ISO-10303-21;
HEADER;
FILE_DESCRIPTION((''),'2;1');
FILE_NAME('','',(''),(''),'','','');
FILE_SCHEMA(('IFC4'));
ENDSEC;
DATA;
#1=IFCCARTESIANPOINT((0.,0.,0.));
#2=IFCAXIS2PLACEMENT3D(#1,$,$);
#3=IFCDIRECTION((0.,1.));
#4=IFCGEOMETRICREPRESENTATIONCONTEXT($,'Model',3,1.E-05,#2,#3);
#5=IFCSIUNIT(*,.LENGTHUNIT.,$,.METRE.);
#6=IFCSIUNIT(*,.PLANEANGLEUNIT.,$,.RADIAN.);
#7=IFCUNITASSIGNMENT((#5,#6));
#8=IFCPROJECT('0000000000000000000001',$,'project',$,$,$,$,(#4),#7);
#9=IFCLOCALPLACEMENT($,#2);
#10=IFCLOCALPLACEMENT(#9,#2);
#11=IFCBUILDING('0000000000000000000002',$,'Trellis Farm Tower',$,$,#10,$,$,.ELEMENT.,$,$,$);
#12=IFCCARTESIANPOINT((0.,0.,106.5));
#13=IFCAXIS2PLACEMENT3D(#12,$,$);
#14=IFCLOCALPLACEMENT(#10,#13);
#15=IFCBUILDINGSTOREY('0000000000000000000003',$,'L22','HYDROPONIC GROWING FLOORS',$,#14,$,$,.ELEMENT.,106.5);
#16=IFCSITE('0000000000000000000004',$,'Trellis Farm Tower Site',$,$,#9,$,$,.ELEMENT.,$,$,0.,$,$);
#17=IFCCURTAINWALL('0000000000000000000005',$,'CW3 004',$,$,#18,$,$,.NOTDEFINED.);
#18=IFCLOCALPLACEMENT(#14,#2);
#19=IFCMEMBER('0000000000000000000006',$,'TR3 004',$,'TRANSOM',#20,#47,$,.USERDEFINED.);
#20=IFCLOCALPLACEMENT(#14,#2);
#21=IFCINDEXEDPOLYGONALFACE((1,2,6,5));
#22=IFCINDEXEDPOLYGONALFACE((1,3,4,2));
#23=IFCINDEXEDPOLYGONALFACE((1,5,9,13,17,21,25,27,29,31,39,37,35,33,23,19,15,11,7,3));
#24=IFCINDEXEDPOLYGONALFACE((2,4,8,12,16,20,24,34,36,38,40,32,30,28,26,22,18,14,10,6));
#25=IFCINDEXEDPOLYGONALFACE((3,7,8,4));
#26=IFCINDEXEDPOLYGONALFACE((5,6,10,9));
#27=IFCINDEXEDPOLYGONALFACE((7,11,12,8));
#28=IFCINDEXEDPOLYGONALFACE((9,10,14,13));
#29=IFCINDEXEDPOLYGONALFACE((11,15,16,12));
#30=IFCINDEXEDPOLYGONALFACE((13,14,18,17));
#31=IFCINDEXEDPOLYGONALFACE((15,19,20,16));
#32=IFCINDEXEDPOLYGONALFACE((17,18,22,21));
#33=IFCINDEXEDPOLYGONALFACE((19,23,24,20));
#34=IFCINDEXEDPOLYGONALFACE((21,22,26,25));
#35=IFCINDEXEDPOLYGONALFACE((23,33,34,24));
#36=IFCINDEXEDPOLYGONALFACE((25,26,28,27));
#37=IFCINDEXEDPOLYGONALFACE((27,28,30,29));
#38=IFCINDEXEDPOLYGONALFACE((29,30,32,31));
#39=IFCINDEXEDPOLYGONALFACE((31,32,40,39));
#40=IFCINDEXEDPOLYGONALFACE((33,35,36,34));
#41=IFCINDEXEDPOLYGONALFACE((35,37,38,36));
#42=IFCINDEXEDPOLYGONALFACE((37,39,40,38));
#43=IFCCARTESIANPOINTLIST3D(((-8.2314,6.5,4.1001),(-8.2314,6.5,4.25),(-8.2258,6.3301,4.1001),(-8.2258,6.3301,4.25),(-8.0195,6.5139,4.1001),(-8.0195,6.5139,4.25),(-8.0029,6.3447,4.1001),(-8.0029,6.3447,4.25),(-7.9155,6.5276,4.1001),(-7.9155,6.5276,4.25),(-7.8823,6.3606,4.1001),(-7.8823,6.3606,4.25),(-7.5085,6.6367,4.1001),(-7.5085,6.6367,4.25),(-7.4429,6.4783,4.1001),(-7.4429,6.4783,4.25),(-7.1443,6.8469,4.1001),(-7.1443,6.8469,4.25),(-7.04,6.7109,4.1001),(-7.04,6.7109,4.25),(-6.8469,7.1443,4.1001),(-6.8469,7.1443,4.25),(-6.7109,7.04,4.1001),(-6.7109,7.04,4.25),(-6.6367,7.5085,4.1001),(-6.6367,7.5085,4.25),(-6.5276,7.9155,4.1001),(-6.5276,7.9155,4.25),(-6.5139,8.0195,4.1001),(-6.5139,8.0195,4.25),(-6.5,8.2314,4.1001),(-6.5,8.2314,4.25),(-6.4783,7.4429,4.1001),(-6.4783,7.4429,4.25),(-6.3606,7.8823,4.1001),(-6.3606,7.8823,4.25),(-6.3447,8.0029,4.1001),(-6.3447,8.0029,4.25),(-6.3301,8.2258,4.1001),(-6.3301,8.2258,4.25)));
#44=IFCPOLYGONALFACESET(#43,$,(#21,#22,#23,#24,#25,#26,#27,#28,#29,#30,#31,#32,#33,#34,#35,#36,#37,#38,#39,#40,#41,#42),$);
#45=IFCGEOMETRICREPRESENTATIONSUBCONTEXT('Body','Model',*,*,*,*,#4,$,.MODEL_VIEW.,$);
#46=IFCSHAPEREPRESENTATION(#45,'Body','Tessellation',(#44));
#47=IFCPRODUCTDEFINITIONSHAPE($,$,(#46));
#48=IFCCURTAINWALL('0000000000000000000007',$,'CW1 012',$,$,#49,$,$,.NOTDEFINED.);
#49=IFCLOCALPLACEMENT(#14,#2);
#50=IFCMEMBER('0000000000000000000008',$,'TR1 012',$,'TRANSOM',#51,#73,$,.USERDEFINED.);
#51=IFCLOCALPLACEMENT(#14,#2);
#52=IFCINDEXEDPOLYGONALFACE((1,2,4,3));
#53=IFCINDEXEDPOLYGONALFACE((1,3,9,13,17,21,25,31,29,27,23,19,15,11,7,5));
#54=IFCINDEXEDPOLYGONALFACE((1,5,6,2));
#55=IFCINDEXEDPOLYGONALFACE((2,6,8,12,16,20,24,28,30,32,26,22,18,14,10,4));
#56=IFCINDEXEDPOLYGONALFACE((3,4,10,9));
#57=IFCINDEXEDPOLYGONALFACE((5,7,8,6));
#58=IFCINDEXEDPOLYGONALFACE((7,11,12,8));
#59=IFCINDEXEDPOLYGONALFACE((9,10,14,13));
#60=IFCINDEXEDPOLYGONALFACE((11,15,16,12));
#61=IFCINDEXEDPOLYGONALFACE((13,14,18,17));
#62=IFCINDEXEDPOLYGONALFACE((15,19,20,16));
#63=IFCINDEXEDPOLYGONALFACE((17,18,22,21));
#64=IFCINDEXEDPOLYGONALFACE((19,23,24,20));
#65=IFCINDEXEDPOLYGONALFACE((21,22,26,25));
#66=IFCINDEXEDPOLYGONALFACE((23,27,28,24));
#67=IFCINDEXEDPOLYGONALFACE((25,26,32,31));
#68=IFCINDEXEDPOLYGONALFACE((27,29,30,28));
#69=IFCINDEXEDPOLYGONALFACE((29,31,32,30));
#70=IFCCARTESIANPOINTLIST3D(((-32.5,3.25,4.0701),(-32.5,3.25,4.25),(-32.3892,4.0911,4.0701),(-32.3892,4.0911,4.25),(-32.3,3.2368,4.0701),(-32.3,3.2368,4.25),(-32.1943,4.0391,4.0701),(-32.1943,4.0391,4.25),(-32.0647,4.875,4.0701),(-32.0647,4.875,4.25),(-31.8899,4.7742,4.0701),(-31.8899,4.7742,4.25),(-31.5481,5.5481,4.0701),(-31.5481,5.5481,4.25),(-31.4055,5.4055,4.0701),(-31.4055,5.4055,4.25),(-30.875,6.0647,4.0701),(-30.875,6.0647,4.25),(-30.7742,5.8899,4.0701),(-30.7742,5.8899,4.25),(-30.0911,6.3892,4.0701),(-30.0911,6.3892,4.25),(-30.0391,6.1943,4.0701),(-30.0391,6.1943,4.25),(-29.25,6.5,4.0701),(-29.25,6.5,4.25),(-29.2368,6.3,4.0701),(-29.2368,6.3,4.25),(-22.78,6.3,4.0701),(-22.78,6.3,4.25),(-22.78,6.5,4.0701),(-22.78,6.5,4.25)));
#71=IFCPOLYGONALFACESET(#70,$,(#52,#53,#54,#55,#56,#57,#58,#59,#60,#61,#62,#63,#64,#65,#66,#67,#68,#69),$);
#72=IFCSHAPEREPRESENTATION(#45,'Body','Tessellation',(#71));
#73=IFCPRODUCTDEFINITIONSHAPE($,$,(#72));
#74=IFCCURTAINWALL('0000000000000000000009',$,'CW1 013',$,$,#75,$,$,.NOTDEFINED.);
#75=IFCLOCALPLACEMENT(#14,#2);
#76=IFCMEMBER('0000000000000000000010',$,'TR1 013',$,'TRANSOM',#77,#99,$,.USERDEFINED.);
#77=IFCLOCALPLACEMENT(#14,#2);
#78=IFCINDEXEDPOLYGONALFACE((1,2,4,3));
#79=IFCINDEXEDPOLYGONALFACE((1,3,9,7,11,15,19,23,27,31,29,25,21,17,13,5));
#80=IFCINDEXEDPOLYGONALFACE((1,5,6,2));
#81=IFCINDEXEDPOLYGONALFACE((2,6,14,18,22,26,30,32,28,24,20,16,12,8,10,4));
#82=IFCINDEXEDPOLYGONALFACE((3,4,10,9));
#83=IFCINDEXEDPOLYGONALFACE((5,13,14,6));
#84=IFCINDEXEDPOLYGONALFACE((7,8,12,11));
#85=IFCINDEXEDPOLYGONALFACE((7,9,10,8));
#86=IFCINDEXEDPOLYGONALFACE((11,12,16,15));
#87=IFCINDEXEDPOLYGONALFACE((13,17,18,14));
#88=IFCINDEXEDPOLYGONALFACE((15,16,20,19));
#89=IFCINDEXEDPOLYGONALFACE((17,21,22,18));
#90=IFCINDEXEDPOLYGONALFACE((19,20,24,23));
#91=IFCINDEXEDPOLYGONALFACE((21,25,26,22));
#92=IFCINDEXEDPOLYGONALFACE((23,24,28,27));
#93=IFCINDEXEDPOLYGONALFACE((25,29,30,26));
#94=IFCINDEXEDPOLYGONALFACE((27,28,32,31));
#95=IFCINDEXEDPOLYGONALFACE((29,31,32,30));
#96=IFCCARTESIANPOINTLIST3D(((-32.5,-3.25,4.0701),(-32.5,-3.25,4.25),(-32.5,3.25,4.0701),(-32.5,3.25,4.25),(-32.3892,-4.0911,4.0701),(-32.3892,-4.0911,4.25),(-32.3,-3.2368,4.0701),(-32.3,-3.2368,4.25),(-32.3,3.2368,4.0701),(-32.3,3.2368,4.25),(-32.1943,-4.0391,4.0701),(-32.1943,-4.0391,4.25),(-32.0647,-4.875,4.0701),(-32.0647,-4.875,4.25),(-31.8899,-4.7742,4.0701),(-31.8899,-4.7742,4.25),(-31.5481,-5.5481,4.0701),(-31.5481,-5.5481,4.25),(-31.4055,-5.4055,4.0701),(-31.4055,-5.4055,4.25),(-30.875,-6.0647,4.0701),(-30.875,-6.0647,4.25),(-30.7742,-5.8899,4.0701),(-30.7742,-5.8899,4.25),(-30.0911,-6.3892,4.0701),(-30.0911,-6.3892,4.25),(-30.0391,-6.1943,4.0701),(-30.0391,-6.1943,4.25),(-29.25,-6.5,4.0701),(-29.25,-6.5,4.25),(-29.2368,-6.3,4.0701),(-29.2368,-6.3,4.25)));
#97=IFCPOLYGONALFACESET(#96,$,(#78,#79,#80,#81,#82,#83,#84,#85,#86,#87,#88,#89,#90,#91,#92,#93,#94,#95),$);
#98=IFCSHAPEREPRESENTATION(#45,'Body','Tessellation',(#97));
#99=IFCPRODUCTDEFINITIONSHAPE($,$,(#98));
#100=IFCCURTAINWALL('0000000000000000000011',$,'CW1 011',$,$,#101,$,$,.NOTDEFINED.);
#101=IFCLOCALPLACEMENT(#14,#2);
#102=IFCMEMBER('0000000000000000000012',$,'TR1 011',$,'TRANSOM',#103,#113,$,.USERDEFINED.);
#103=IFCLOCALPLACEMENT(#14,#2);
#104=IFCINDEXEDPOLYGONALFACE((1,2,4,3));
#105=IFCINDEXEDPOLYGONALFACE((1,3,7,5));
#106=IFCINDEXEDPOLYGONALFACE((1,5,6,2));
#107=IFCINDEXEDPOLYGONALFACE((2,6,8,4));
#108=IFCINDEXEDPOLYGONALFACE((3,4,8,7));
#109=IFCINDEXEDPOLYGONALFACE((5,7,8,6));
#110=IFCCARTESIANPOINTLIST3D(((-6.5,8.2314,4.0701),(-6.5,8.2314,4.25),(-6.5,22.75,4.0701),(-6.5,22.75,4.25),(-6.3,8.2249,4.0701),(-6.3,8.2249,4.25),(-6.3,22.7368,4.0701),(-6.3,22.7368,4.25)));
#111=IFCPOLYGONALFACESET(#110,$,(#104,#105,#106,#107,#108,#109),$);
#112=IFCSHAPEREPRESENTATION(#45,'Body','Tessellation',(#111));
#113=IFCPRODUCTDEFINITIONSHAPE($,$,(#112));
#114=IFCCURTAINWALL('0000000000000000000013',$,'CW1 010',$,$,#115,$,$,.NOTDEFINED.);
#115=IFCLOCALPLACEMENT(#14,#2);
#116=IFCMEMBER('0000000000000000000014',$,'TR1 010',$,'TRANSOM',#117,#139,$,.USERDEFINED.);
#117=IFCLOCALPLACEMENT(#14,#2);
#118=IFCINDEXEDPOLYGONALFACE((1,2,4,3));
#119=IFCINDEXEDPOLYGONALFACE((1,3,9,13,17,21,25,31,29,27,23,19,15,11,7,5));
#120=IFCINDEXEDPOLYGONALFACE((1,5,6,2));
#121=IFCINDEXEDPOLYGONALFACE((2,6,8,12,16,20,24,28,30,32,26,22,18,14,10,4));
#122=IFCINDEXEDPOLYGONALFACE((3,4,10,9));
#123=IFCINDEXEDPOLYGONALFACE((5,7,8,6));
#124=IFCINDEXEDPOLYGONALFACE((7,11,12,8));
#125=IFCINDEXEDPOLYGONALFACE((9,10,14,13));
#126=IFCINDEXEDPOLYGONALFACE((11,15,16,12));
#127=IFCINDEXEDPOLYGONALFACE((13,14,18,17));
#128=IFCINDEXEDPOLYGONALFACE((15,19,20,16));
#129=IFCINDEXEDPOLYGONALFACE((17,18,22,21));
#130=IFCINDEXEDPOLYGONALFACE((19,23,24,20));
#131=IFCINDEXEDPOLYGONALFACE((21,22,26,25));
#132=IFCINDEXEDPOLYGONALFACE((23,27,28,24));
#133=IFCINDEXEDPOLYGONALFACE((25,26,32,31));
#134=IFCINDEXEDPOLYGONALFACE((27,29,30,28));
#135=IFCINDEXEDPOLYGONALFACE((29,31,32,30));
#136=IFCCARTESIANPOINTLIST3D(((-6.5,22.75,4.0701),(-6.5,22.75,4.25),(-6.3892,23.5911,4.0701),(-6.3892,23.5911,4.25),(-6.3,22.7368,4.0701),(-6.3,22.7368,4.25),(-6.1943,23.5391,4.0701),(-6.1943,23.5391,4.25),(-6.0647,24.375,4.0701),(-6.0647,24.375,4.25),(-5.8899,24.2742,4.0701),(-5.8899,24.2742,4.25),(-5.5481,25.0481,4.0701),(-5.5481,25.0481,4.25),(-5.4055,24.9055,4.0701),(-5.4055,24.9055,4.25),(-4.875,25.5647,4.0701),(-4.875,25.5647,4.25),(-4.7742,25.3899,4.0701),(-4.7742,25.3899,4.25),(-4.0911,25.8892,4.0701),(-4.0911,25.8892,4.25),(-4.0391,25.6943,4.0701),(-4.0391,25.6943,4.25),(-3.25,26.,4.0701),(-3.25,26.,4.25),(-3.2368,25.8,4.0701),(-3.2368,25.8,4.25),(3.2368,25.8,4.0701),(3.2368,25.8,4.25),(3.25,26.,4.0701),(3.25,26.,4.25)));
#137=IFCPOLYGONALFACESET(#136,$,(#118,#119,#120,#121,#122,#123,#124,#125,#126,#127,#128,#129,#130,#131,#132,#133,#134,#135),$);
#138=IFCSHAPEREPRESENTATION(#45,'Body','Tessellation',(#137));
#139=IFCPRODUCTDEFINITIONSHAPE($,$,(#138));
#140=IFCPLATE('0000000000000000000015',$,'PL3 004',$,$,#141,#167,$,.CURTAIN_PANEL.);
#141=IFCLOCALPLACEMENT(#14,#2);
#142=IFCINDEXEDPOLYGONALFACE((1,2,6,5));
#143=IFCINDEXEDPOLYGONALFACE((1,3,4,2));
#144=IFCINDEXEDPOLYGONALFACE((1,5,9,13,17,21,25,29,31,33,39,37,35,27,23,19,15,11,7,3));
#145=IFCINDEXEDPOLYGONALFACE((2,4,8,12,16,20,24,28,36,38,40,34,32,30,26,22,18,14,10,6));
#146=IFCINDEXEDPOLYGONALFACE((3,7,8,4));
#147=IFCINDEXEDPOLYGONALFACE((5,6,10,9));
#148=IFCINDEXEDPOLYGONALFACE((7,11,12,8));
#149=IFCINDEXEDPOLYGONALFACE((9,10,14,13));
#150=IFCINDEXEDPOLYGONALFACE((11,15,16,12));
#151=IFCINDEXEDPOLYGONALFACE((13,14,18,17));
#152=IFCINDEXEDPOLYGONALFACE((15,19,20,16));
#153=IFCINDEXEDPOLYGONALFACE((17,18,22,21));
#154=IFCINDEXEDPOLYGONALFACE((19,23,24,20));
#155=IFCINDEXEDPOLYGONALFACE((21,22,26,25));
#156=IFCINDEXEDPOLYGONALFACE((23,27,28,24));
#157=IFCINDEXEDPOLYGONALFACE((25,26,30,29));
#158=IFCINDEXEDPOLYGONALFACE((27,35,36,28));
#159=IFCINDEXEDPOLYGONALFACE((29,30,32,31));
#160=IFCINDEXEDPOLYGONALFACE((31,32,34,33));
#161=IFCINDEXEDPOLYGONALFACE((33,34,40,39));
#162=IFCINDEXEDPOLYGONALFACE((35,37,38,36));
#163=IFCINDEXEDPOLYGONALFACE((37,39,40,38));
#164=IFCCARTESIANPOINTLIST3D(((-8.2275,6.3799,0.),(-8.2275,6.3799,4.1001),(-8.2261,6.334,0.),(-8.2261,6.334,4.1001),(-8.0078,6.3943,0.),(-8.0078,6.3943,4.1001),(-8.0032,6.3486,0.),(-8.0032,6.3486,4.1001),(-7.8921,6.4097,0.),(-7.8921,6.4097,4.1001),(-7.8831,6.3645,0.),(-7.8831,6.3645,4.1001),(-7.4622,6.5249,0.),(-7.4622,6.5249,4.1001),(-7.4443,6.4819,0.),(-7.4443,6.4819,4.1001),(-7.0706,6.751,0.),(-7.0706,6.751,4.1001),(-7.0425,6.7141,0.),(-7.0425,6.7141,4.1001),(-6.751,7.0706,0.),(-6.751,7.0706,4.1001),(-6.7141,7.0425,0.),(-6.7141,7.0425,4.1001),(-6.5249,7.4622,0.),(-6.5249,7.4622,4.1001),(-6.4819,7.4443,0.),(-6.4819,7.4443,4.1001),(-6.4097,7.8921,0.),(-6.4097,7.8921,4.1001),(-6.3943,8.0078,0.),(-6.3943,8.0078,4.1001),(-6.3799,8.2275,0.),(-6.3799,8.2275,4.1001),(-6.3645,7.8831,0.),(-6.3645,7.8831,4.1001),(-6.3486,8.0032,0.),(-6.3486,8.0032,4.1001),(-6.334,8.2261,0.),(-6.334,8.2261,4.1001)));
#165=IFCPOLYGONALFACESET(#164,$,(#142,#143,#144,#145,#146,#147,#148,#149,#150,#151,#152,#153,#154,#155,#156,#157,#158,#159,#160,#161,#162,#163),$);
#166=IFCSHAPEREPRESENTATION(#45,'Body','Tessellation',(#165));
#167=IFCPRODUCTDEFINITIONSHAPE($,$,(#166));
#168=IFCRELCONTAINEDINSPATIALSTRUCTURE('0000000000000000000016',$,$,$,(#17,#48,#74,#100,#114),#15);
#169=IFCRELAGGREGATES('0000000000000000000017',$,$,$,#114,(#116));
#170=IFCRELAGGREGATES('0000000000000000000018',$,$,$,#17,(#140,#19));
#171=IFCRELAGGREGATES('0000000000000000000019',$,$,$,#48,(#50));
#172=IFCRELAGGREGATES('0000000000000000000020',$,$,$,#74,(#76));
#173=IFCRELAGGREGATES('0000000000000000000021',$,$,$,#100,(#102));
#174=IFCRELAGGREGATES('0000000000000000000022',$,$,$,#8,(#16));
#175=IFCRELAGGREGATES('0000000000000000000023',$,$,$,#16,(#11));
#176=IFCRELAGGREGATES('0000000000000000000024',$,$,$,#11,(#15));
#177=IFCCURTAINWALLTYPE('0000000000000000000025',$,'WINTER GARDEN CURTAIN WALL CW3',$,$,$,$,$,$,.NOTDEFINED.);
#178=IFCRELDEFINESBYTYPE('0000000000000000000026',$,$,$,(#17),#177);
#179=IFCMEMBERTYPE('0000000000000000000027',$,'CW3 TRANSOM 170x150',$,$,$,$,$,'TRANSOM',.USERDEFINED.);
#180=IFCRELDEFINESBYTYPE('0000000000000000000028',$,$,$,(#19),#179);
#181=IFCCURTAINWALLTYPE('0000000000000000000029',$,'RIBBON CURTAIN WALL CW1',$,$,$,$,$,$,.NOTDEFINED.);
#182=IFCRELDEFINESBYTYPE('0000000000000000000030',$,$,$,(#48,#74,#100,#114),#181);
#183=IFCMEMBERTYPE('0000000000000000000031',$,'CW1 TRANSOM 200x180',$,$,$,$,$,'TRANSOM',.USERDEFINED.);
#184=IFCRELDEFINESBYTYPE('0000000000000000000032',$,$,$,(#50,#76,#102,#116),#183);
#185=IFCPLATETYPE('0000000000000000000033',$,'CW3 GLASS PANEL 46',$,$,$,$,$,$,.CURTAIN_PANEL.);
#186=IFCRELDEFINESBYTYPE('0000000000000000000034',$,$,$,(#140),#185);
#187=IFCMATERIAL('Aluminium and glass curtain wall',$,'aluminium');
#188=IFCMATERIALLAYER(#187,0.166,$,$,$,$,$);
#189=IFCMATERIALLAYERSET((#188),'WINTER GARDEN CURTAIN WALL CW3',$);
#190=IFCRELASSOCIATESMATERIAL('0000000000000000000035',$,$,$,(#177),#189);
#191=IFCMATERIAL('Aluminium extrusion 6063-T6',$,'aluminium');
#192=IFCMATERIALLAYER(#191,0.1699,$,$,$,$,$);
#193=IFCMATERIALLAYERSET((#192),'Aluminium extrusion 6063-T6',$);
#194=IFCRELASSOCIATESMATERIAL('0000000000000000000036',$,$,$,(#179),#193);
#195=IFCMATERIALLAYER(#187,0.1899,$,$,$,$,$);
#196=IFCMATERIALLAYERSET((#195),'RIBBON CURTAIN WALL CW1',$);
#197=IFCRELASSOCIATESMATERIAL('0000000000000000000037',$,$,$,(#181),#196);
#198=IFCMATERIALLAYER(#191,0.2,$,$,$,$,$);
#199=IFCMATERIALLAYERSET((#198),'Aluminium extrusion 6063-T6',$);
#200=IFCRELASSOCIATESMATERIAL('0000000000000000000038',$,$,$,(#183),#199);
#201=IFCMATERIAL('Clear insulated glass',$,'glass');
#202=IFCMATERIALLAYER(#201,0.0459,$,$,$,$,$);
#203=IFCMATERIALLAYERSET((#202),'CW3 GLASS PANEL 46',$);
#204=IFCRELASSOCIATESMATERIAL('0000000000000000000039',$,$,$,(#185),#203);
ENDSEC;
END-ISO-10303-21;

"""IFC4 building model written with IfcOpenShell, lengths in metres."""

from ifc_helpers import new_model, si_unit, direction, frame, origin, place, context, subcontext, project, spatial, polyline, outline, extrude, source, transform, mapped, material, layer, layer_set, type_object, element, aggregate, save


model = new_model("IFC4")

# Units and contexts
model_context = context("Model", 3, precision=1e-05, world=origin(), true_north=direction((0.0, 1.0)))
body_context = subcontext(model_context, "Body", "Model", "MODEL_VIEW")
ifc_project = project(units=[si_unit("LENGTHUNIT", "METRE"), si_unit("PLANEANGLEUNIT", "RADIAN")], contexts=[model_context])

# Site, building, storey
site_placement = place(None, origin())
site = spatial("IfcSite", under=ifc_project, at=site_placement, Name="Trellis Farm Tower Site", CompositionType="ELEMENT", RefElevation=0.0)
building_placement = place(site_placement, origin())
building = spatial("IfcBuilding", under=site, at=building_placement, Name="Trellis Farm Tower", CompositionType="ELEMENT")
storey_placement = place(building_placement, frame((0.0, 0.0, 106.5)))
storey = spatial("IfcBuildingStorey", under=building, at=storey_placement, Name="L22", Description="HYDROPONIC GROWING FLOORS", CompositionType="ELEMENT", Elevation=106.5)

# Curtain walls, members
ifc_material_1 = material(Name="Aluminium and glass curtain wall", Category="aluminium")
ifc_layer_1 = layer(ifc_material_1, 0.166)
ifc_layer_set_1 = layer_set([ifc_layer_1], Name="WINTER GARDEN CURTAIN WALL CW3")
curtain_wall_type_1 = type_object("IfcCurtainWallType", Name="WINTER GARDEN CURTAIN WALL CW3", PredefinedType="NOTDEFINED", material=ifc_layer_set_1)
placement_1 = place(storey_placement, origin())
curtain_wall_1 = element("IfcCurtainWall", 1, at=placement_1, inside=storey, type_object=curtain_wall_type_1, Name="CW3 004", PredefinedType="NOTDEFINED")
ifc_material_2 = material(Name="Aluminium extrusion 6063-T6", Category="aluminium")
ifc_layer_2 = layer(ifc_material_2, 0.1699)
ifc_layer_set_2 = layer_set([ifc_layer_2], Name="Aluminium extrusion 6063-T6")
member_type_1 = type_object("IfcMemberType", Name="CW3 TRANSOM 170x150", ElementType="TRANSOM", PredefinedType="USERDEFINED", material=ifc_layer_set_2)
shared_shape_1 = source(origin(), body_context, "Body", "SweptSolid", [
    extrude(outline(polyline([(-6.5, 8.2314), (-6.5139, 8.0195), (-6.5276, 7.9155), (-6.6367, 7.5085), (-6.8469, 7.1443), (-7.1443, 6.8469), (-7.5085, 6.6367), (-7.9155, 6.5276), (-8.0195, 6.5139), (-8.2314, 6.5), (-8.2258, 6.3301), (-8.0029, 6.3447), (-7.8823, 6.3606), (-7.4429, 6.4783), (-7.04, 6.7109), (-6.7109, 7.04), (-6.4783, 7.4429), (-6.3606, 7.8823), (-6.3447, 8.0029), (-6.3301, 8.2258), (-6.5, 8.2314)])), origin(), (0.0, 0.0, 1.0), 0.1499),
])
member_1_placement = place(storey_placement, frame((0.0, 0.0, 4.1001)))
member_1 = element("IfcMember", 2, at=member_1_placement, type_object=member_type_1, Name="TR3 004", ObjectType="TRANSOM", PredefinedType="USERDEFINED", context=body_context, shape_type="MappedRepresentation", body=[
    mapped(shared_shape_1, transform((0.0, 0.0, 0.0))),
])
ifc_layer_3 = layer(ifc_material_1, 0.1899)
ifc_layer_set_3 = layer_set([ifc_layer_3], Name="RIBBON CURTAIN WALL CW1")
curtain_wall_type_2 = type_object("IfcCurtainWallType", Name="RIBBON CURTAIN WALL CW1", PredefinedType="NOTDEFINED", material=ifc_layer_set_3)
curtain_wall_2 = element("IfcCurtainWall", 3, at=placement_1, inside=storey, type_object=curtain_wall_type_2, Name="CW1 012", PredefinedType="NOTDEFINED")
ifc_layer_4 = layer(ifc_material_2, 0.2)
ifc_layer_set_4 = layer_set([ifc_layer_4], Name="Aluminium extrusion 6063-T6")
member_type_2 = type_object("IfcMemberType", Name="CW1 TRANSOM 200x180", ElementType="TRANSOM", PredefinedType="USERDEFINED", material=ifc_layer_set_4)
shared_shape_2 = source(origin(), body_context, "Body", "SweptSolid", [
    extrude(outline(polyline([(-22.78, 6.5), (-29.25, 6.5), (-30.0911, 6.3892), (-30.875, 6.0647), (-31.5481, 5.5481), (-32.0647, 4.875), (-32.3892, 4.0911), (-32.5, 3.25), (-32.3, 3.2368), (-32.1943, 4.0391), (-31.8899, 4.7742), (-31.4055, 5.4055), (-30.7742, 5.8899), (-30.0391, 6.1943), (-29.2368, 6.3), (-22.78, 6.3), (-22.78, 6.5)])), origin(), (0.0, 0.0, 1.0), 0.1799),
])
placement_2 = place(storey_placement, frame((0.0, 0.0, 4.0701)))
member_2 = element("IfcMember", 4, at=placement_2, type_object=member_type_2, Name="TR1 012", ObjectType="TRANSOM", PredefinedType="USERDEFINED", context=body_context, shape_type="MappedRepresentation", body=[
    mapped(shared_shape_2, transform((0.0, 0.0, 0.0))),
])
curtain_wall_3 = element("IfcCurtainWall", 5, at=placement_1, inside=storey, type_object=curtain_wall_type_2, Name="CW1 013", PredefinedType="NOTDEFINED")
shared_shape_3 = source(origin(), body_context, "Body", "SweptSolid", [
    extrude(outline(polyline([(-32.5, 3.25), (-32.5, -3.25), (-32.3892, -4.0911), (-32.0647, -4.875), (-31.5481, -5.5481), (-30.875, -6.0647), (-30.0911, -6.3892), (-29.25, -6.5), (-29.2368, -6.3), (-30.0391, -6.1943), (-30.7742, -5.8899), (-31.4055, -5.4055), (-31.8899, -4.7742), (-32.1943, -4.0391), (-32.3, -3.2368), (-32.3, 3.2368), (-32.5, 3.25)])), origin(), (0.0, 0.0, 1.0), 0.1799),
])
member_3 = element("IfcMember", 6, at=placement_2, type_object=member_type_2, Name="TR1 013", ObjectType="TRANSOM", PredefinedType="USERDEFINED", context=body_context, shape_type="MappedRepresentation", body=[
    mapped(shared_shape_3, transform((0.0, 0.0, 0.0))),
])
curtain_wall_4 = element("IfcCurtainWall", 7, at=placement_1, inside=storey, type_object=curtain_wall_type_2, Name="CW1 011", PredefinedType="NOTDEFINED")
shared_shape_4 = source(origin(), body_context, "Body", "SweptSolid", [
    extrude(outline(polyline([(-6.5, 22.75), (-6.5, 8.2314), (-6.3, 8.2249), (-6.3, 22.7368), (-6.5, 22.75)])), origin(), (0.0, 0.0, 1.0), 0.1799),
])
member_4 = element("IfcMember", 8, at=placement_2, type_object=member_type_2, Name="TR1 011", ObjectType="TRANSOM", PredefinedType="USERDEFINED", context=body_context, shape_type="MappedRepresentation", body=[
    mapped(shared_shape_4, transform((0.0, 0.0, 0.0))),
])
curtain_wall_5 = element("IfcCurtainWall", 9, at=placement_1, inside=storey, type_object=curtain_wall_type_2, Name="CW1 010", PredefinedType="NOTDEFINED")
shared_shape_5 = source(origin(), body_context, "Body", "SweptSolid", [
    extrude(outline(polyline([(3.25, 26.0), (-3.25, 26.0), (-4.0911, 25.8892), (-4.875, 25.5647), (-5.5481, 25.0481), (-6.0647, 24.375), (-6.3892, 23.5911), (-6.5, 22.75), (-6.3, 22.7368), (-6.1943, 23.5391), (-5.8899, 24.2742), (-5.4055, 24.9055), (-4.7742, 25.3899), (-4.0391, 25.6943), (-3.2368, 25.8), (3.2368, 25.8), (3.25, 26.0)])), origin(), (0.0, 0.0, 1.0), 0.1799),
])
member_5 = element("IfcMember", 10, at=placement_2, type_object=member_type_2, Name="TR1 010", ObjectType="TRANSOM", PredefinedType="USERDEFINED", context=body_context, shape_type="MappedRepresentation", body=[
    mapped(shared_shape_5, transform((0.0, 0.0, 0.0))),
])
aggregate(curtain_wall_5, [member_5])

# Plate
ifc_material_3 = material(Name="Clear insulated glass", Category="glass")
ifc_layer_5 = layer(ifc_material_3, 0.0459)
ifc_layer_set_5 = layer_set([ifc_layer_5], Name="CW3 GLASS PANEL 46")
plate_type_1 = type_object("IfcPlateType", Name="CW3 GLASS PANEL 46", PredefinedType="CURTAIN_PANEL", material=ifc_layer_set_5)
shared_shape_6 = source(origin(), body_context, "Body", "SweptSolid", [
    extrude(outline(polyline([(-6.3799, 8.2275), (-6.3943, 8.0078), (-6.4097, 7.8921), (-6.5249, 7.4622), (-6.751, 7.0706), (-7.0706, 6.751), (-7.4622, 6.5249), (-7.8921, 6.4097), (-8.0078, 6.3943), (-8.2275, 6.3799), (-8.2261, 6.334), (-8.0032, 6.3486), (-7.8831, 6.3645), (-7.4443, 6.4819), (-7.0425, 6.7141), (-6.7141, 7.0425), (-6.4819, 7.4443), (-6.3645, 7.8831), (-6.3486, 8.0032), (-6.334, 8.2261), (-6.3799, 8.2275)])), origin(), (0.0, 0.0, 1.0), 4.1001),
])
plate_1 = element("IfcPlate", 11, at=placement_1, type_object=plate_type_1, Name="PL3 004", PredefinedType="CURTAIN_PANEL", context=body_context, shape_type="MappedRepresentation", body=[
    mapped(shared_shape_6, transform((0.0, 0.0, 0.0))),
])
aggregate(curtain_wall_1, [plate_1, member_1])
aggregate(curtain_wall_2, [member_2])
aggregate(curtain_wall_3, [member_3])
aggregate(curtain_wall_4, [member_4])

save(model, "model.ifc")
